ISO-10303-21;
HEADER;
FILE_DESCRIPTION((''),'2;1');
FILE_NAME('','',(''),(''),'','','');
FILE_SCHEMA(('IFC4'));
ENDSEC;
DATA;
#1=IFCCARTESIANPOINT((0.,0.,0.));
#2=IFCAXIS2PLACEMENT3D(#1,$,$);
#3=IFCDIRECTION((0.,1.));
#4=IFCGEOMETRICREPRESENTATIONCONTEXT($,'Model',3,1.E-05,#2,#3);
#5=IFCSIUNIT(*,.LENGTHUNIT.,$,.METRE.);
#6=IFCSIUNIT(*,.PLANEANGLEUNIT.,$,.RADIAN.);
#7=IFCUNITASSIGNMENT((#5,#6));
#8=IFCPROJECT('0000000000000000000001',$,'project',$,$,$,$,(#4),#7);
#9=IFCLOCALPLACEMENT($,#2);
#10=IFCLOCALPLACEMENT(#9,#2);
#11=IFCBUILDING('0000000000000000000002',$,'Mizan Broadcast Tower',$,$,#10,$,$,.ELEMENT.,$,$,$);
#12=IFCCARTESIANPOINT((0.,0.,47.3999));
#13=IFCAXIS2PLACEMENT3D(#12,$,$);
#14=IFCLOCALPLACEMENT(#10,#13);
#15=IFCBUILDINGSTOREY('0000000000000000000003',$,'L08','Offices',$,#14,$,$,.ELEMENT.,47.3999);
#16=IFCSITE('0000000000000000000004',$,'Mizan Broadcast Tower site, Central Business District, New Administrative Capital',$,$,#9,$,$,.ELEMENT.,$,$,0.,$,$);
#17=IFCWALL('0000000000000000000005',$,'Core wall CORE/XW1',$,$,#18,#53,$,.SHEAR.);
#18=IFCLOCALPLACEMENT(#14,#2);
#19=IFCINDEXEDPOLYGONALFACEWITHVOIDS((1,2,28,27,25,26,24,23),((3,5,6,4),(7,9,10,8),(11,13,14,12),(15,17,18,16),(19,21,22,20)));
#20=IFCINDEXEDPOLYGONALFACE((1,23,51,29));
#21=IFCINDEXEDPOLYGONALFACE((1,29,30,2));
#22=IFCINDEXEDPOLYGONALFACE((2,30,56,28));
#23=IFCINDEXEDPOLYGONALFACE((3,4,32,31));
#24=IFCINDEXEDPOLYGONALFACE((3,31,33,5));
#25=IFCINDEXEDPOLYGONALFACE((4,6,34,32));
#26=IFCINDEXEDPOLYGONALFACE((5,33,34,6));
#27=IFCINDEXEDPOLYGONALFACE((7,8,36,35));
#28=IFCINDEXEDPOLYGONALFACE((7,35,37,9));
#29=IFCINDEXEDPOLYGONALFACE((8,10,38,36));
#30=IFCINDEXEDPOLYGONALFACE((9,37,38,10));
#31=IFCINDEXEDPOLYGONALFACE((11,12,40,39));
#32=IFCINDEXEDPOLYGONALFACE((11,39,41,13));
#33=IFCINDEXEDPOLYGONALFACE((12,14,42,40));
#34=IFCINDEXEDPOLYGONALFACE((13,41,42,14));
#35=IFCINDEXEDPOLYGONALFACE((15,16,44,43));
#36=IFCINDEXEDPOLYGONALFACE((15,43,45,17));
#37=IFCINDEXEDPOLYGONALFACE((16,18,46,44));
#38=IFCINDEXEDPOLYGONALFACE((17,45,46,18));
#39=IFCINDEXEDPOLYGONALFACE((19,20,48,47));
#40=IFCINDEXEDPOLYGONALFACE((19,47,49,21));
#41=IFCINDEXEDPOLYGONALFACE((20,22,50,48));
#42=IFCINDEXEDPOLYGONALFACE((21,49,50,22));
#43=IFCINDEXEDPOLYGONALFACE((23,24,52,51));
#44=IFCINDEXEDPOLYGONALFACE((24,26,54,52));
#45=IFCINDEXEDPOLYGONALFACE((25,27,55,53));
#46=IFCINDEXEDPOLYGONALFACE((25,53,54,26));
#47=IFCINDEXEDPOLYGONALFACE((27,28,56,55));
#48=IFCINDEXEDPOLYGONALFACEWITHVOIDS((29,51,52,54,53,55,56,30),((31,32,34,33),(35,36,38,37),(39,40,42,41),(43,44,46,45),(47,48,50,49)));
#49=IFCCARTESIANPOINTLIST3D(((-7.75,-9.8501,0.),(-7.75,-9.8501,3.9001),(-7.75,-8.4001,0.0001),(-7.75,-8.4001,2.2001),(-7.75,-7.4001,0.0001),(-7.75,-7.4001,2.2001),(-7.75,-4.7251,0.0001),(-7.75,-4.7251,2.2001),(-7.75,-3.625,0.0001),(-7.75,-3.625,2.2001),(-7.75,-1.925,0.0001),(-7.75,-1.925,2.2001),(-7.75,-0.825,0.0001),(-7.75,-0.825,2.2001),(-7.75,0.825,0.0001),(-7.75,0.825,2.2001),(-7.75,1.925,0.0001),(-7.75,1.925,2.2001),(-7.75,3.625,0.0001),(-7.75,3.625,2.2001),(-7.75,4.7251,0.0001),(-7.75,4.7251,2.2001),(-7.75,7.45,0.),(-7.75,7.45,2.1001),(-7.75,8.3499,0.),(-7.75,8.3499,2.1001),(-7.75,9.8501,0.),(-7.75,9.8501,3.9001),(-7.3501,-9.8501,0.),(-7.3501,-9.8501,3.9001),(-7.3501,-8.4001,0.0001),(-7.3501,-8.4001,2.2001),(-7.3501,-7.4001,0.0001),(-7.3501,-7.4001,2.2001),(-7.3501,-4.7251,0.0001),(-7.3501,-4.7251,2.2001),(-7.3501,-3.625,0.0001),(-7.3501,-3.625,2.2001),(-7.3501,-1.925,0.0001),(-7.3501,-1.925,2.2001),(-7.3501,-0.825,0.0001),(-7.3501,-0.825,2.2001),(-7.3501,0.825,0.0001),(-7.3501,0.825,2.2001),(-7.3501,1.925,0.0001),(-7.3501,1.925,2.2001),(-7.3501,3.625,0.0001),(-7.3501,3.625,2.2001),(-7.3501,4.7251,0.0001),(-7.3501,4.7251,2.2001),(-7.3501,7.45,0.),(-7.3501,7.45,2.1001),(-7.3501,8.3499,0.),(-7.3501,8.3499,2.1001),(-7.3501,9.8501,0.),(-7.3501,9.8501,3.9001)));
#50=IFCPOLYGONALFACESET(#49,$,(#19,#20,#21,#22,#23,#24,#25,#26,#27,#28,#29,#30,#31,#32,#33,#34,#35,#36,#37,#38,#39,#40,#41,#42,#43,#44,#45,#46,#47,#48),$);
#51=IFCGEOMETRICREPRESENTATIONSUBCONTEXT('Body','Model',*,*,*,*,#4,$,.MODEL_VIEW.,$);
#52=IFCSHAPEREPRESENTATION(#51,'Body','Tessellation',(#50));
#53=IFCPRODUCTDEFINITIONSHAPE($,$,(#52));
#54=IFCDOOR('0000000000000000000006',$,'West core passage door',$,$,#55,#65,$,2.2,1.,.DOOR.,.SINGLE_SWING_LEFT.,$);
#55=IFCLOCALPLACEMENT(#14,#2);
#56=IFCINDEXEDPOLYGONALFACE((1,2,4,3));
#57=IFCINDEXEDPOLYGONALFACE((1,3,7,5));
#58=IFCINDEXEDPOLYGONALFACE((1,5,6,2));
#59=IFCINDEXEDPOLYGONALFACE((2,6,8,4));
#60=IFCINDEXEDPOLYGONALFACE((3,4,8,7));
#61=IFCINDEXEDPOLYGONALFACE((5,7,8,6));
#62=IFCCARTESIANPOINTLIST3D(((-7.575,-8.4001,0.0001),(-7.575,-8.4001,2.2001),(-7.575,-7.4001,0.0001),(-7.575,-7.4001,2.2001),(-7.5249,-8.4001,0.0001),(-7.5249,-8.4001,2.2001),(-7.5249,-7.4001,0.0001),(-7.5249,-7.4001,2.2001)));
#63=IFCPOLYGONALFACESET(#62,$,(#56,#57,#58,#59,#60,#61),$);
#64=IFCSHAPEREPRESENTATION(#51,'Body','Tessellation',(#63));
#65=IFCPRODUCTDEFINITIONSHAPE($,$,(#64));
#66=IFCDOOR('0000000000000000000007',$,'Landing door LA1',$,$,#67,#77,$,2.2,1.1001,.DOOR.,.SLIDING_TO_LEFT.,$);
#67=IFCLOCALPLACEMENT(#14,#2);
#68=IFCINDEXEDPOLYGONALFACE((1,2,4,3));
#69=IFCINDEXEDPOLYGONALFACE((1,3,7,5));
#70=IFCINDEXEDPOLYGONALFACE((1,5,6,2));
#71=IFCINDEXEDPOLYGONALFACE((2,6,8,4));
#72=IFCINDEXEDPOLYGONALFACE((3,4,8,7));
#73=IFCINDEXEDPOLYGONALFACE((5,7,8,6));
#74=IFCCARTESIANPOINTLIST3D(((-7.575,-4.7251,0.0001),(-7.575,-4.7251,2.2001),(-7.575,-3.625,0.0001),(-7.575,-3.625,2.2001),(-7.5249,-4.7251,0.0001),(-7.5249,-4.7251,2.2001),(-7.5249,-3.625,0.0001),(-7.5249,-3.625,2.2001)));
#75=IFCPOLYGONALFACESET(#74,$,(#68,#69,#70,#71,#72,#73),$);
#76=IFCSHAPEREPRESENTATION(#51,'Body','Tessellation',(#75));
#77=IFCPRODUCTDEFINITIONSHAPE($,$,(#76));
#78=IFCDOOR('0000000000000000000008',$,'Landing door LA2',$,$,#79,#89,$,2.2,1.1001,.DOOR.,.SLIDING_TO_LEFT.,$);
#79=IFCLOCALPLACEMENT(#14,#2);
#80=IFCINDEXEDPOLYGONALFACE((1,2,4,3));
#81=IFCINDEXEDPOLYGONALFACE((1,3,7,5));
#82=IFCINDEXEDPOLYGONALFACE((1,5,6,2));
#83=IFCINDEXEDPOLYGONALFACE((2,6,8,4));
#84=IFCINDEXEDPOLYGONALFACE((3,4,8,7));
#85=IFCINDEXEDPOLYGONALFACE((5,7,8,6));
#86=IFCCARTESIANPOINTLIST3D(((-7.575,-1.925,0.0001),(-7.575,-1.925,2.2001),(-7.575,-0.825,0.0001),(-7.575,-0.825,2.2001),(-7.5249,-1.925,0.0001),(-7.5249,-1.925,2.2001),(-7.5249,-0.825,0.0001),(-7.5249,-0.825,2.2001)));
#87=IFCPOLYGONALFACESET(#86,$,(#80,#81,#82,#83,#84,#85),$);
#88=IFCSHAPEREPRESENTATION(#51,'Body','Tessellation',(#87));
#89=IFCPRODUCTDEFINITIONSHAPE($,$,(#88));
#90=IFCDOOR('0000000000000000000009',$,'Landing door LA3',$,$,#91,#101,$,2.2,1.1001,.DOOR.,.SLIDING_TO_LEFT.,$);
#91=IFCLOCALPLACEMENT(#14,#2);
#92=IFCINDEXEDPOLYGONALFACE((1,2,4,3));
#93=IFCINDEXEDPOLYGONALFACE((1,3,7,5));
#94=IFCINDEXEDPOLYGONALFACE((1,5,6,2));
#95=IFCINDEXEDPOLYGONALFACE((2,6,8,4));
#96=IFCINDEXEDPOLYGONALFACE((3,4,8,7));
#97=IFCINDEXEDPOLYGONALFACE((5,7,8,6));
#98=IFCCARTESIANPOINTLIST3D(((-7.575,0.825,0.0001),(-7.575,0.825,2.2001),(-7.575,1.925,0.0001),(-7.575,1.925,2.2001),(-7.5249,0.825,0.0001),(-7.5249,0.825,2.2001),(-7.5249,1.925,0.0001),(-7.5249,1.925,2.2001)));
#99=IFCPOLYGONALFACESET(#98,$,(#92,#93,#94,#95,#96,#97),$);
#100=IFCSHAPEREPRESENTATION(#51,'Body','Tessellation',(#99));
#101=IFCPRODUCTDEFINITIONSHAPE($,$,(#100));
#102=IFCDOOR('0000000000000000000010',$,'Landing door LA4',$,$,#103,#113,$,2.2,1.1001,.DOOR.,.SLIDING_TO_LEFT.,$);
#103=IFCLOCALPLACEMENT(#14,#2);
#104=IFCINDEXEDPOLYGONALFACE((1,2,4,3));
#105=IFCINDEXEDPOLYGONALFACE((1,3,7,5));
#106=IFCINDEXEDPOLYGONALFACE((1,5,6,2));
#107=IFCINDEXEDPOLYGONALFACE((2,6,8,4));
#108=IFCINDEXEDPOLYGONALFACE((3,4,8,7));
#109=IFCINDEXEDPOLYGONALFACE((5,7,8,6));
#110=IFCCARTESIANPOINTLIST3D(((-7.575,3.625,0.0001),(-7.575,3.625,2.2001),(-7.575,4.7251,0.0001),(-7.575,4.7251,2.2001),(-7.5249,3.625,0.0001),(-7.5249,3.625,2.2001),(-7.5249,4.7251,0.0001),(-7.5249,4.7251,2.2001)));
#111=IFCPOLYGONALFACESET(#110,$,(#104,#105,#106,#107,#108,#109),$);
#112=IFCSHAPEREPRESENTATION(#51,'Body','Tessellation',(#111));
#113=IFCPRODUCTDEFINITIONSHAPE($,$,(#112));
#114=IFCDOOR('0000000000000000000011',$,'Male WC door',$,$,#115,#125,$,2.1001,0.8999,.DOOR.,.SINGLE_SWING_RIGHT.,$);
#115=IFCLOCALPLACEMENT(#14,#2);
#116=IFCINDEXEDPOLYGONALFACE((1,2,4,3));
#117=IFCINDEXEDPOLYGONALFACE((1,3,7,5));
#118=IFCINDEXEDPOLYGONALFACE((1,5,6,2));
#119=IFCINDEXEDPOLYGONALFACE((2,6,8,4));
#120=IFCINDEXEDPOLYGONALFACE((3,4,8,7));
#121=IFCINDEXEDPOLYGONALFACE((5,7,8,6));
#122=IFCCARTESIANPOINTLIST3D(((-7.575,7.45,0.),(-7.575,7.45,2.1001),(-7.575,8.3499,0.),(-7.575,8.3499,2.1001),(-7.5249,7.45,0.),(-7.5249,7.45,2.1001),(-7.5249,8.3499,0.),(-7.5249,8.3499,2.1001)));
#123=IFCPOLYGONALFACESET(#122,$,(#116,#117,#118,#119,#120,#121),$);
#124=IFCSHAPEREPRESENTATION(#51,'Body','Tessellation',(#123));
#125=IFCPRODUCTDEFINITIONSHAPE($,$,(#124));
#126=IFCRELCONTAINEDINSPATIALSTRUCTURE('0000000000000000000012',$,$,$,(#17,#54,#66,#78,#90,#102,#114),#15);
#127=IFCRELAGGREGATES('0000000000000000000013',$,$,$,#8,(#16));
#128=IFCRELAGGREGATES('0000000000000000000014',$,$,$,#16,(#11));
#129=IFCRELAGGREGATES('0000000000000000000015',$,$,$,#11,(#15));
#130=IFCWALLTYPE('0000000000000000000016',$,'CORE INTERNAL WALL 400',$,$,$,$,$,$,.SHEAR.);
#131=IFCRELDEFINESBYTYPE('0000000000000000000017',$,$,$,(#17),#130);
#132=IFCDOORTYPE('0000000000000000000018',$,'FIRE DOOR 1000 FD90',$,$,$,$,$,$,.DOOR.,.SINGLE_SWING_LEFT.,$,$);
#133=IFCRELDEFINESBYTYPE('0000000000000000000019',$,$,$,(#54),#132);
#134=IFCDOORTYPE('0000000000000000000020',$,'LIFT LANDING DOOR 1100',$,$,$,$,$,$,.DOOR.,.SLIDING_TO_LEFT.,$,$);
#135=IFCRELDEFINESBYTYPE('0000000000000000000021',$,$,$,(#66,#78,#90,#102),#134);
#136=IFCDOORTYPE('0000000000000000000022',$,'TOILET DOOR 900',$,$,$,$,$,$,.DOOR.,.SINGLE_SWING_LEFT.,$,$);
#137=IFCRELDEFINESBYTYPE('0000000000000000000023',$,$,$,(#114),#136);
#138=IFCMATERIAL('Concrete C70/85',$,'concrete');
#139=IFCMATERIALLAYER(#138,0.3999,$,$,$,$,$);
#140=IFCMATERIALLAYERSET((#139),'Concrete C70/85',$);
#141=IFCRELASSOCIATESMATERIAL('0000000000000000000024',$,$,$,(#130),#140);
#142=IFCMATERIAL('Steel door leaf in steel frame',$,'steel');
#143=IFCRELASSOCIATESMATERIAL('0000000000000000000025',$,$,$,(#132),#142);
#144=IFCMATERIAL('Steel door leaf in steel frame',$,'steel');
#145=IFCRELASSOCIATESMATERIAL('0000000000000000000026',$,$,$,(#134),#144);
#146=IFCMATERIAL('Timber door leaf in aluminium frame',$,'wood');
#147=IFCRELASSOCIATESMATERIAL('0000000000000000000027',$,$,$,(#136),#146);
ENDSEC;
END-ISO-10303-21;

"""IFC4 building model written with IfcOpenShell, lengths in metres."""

from ifc_helpers import new_model, si_unit, direction, frame, frame_2d, origin, place, context, subcontext, project, spatial, rectangle, extrude, material, layer, layer_set, type_object, element, fill, save


model = new_model("IFC4")

# Units and contexts
model_context = context("Model", 3, precision=1e-05, world=origin(), true_north=direction((0.0, 1.0)))
body_context = subcontext(model_context, "Body", "Model", "MODEL_VIEW")
ifc_project = project(units=[si_unit("LENGTHUNIT", "METRE"), si_unit("PLANEANGLEUNIT", "RADIAN")], contexts=[model_context])

# Site, building, storey
site_placement = place(None, origin())
site = spatial("IfcSite", under=ifc_project, at=site_placement, Name="Mizan Broadcast Tower site, Central Business District, New Administrative Capital", CompositionType="ELEMENT", RefElevation=0.0)
building_placement = place(site_placement, origin())
building = spatial("IfcBuilding", under=site, at=building_placement, Name="Mizan Broadcast Tower", CompositionType="ELEMENT")
storey_placement = place(building_placement, frame((0.0, 0.0, 47.3999)))
storey = spatial("IfcBuildingStorey", under=building, at=storey_placement, Name="L08", Description="Offices", CompositionType="ELEMENT", Elevation=47.3999)

# Wall, openings, doors
ifc_material_1 = material(Name="Concrete C70/85", Category="concrete")
ifc_layer_1 = layer(ifc_material_1, 0.3999)
ifc_layer_set_1 = layer_set([ifc_layer_1], Name="Concrete C70/85")
wall_type_1 = type_object("IfcWallType", Name="CORE INTERNAL WALL 400", PredefinedType="SHEAR", material=ifc_layer_set_1)
wall_1_placement = place(storey_placement, frame((-7.55, -9.8501, 0.0), z_axis=(0.0, 0.0, 1.0), x_axis=(0.0, 1.0, 0.0)))
wall_1 = element("IfcWall", 1, at=wall_1_placement, inside=storey, type_object=wall_type_1, Name="Core wall CORE/XW1", PredefinedType="SHEAR", context=body_context, shape_type="SweptSolid", body=[
    extrude(rectangle(XDim=19.7002, YDim=0.3999, at=frame_2d((9.8501, 0.0))), origin(), (0.0, 0.0, 1.0), 3.9001),
])
opening_1_placement = place(wall_1_placement, frame((1.45, 0.0, 0.0)))
opening_1 = element("IfcOpeningElement", 2, at=opening_1_placement, cuts=wall_1, PredefinedType="OPENING", context=body_context, shape_type="SweptSolid", body=[
    extrude(rectangle(XDim=1.0, YDim=2.2, at=frame_2d((0.5, 1.1001))), frame((0.0, 0.21, 0.0), z_axis=(0.0, -1.0, 0.0), x_axis=(1.0, 0.0, 0.0)), (0.0, 0.0, 1.0), 0.4199),
])
opening_2_placement = place(wall_1_placement, frame((17.3, 0.0, 0.0)))
opening_2 = element("IfcOpeningElement", 3, at=opening_2_placement, cuts=wall_1, PredefinedType="OPENING", context=body_context, shape_type="SweptSolid", body=[
    extrude(rectangle(XDim=0.8999, YDim=2.1001, at=frame_2d((0.45, 1.05))), frame((0.0, 0.21, 0.0), z_axis=(0.0, -1.0, 0.0), x_axis=(1.0, 0.0, 0.0)), (0.0, 0.0, 1.0), 0.4199),
])
opening_3_placement = place(wall_1_placement, frame((5.125, 0.0, 0.0)))
opening_3 = element("IfcOpeningElement", 4, at=opening_3_placement, cuts=wall_1, PredefinedType="OPENING", context=body_context, shape_type="SweptSolid", body=[
    extrude(rectangle(XDim=1.1001, YDim=2.2, at=frame_2d((0.55, 1.1001))), frame((0.0, 0.21, 0.0), z_axis=(0.0, -1.0, 0.0), x_axis=(1.0, 0.0, 0.0)), (0.0, 0.0, 1.0), 0.4199),
])
opening_4_placement = place(wall_1_placement, frame((7.925, 0.0, 0.0)))
opening_4 = element("IfcOpeningElement", 5, at=opening_4_placement, cuts=wall_1, PredefinedType="OPENING", context=body_context, shape_type="SweptSolid", body=[
    extrude(rectangle(XDim=1.1001, YDim=2.2, at=frame_2d((0.55, 1.1001))), frame((0.0, 0.21, 0.0), z_axis=(0.0, -1.0, 0.0), x_axis=(1.0, 0.0, 0.0)), (0.0, 0.0, 1.0), 0.4199),
])
opening_5_placement = place(wall_1_placement, frame((10.675, 0.0, 0.0)))
opening_5 = element("IfcOpeningElement", 6, at=opening_5_placement, cuts=wall_1, PredefinedType="OPENING", context=body_context, shape_type="SweptSolid", body=[
    extrude(rectangle(XDim=1.1001, YDim=2.2, at=frame_2d((0.55, 1.1001))), frame((0.0, 0.21, 0.0), z_axis=(0.0, -1.0, 0.0), x_axis=(1.0, 0.0, 0.0)), (0.0, 0.0, 1.0), 0.4199),
])
opening_6_placement = place(wall_1_placement, frame((13.4751, 0.0, 0.0)))
opening_6 = element("IfcOpeningElement", 7, at=opening_6_placement, cuts=wall_1, PredefinedType="OPENING", context=body_context, shape_type="SweptSolid", body=[
    extrude(rectangle(XDim=1.1001, YDim=2.2, at=frame_2d((0.55, 1.1001))), frame((0.0, 0.21, 0.0), z_axis=(0.0, -1.0, 0.0), x_axis=(1.0, 0.0, 0.0)), (0.0, 0.0, 1.0), 0.4199),
])
ifc_material_2 = material(Name="Steel door leaf in steel frame", Category="steel")
door_type_1 = type_object("IfcDoorType", Name="FIRE DOOR 1000 FD90", OperationType="SINGLE_SWING_LEFT", PredefinedType="DOOR", material=ifc_material_2)
door_1_placement = place(opening_1_placement, origin())
door_1 = element("IfcDoor", 8, at=door_1_placement, inside=storey, type_object=door_type_1, Name="West core passage door", OperationType="SINGLE_SWING_LEFT", OverallHeight=2.2, OverallWidth=1.0, PredefinedType="DOOR", context=body_context, shape_type="SweptSolid", body=[
    extrude(rectangle(XDim=1.0, YDim=2.2, at=frame_2d((0.5, 1.1001))), frame((0.0, 0.0249, 0.0), z_axis=(0.0, -1.0, 0.0), x_axis=(1.0, 0.0, 0.0)), (0.0, 0.0, 1.0), 0.05),
])
fill(opening_1, door_1)
ifc_material_3 = material(Name="Steel door leaf in steel frame", Category="steel")
door_type_2 = type_object("IfcDoorType", Name="LIFT LANDING DOOR 1100", OperationType="SLIDING_TO_LEFT", PredefinedType="DOOR", material=ifc_material_3)
door_2_placement = place(opening_3_placement, origin())
door_2 = element("IfcDoor", 9, at=door_2_placement, inside=storey, type_object=door_type_2, Name="Landing door LA1", OperationType="SLIDING_TO_LEFT", OverallHeight=2.2, OverallWidth=1.1001, PredefinedType="DOOR", context=body_context, shape_type="SweptSolid", body=[
    extrude(rectangle(XDim=1.1001, YDim=2.2, at=frame_2d((0.55, 1.1001))), frame((0.0, 0.0249, 0.0), z_axis=(0.0, -1.0, 0.0), x_axis=(1.0, 0.0, 0.0)), (0.0, 0.0, 1.0), 0.05),
])
fill(opening_3, door_2)
door_3_placement = place(opening_4_placement, origin())
door_3 = element("IfcDoor", 10, at=door_3_placement, inside=storey, type_object=door_type_2, Name="Landing door LA2", OperationType="SLIDING_TO_LEFT", OverallHeight=2.2, OverallWidth=1.1001, PredefinedType="DOOR", context=body_context, shape_type="SweptSolid", body=[
    extrude(rectangle(XDim=1.1001, YDim=2.2, at=frame_2d((0.55, 1.1001))), frame((0.0, 0.0249, 0.0), z_axis=(0.0, -1.0, 0.0), x_axis=(1.0, 0.0, 0.0)), (0.0, 0.0, 1.0), 0.05),
])
fill(opening_4, door_3)
door_4_placement = place(opening_5_placement, origin())
door_4 = element("IfcDoor", 11, at=door_4_placement, inside=storey, type_object=door_type_2, Name="Landing door LA3", OperationType="SLIDING_TO_LEFT", OverallHeight=2.2, OverallWidth=1.1001, PredefinedType="DOOR", context=body_context, shape_type="SweptSolid", body=[
    extrude(rectangle(XDim=1.1001, YDim=2.2, at=frame_2d((0.55, 1.1001))), frame((0.0, 0.0249, 0.0), z_axis=(0.0, -1.0, 0.0), x_axis=(1.0, 0.0, 0.0)), (0.0, 0.0, 1.0), 0.05),
])
fill(opening_5, door_4)
door_5_placement = place(opening_6_placement, origin())
door_5 = element("IfcDoor", 12, at=door_5_placement, inside=storey, type_object=door_type_2, Name="Landing door LA4", OperationType="SLIDING_TO_LEFT", OverallHeight=2.2, OverallWidth=1.1001, PredefinedType="DOOR", context=body_context, shape_type="SweptSolid", body=[
    extrude(rectangle(XDim=1.1001, YDim=2.2, at=frame_2d((0.55, 1.1001))), frame((0.0, 0.0249, 0.0), z_axis=(0.0, -1.0, 0.0), x_axis=(1.0, 0.0, 0.0)), (0.0, 0.0, 1.0), 0.05),
])
fill(opening_6, door_5)
ifc_material_4 = material(Name="Timber door leaf in aluminium frame", Category="wood")
door_type_3 = type_object("IfcDoorType", Name="TOILET DOOR 900", OperationType="SINGLE_SWING_LEFT", PredefinedType="DOOR", material=ifc_material_4)
door_6_placement = place(opening_2_placement, origin())
door_6 = element("IfcDoor", 13, at=door_6_placement, inside=storey, type_object=door_type_3, Name="Male WC door", OperationType="SINGLE_SWING_RIGHT", OverallHeight=2.1001, OverallWidth=0.8999, PredefinedType="DOOR", context=body_context, shape_type="SweptSolid", body=[
    extrude(rectangle(XDim=0.8999, YDim=2.1001, at=frame_2d((0.45, 1.05))), frame((0.0, 0.0249, 0.0), z_axis=(0.0, -1.0, 0.0), x_axis=(1.0, 0.0, 0.0)), (0.0, 0.0, 1.0), 0.05),
])
fill(opening_2, door_6)

save(model, "model.ifc")
